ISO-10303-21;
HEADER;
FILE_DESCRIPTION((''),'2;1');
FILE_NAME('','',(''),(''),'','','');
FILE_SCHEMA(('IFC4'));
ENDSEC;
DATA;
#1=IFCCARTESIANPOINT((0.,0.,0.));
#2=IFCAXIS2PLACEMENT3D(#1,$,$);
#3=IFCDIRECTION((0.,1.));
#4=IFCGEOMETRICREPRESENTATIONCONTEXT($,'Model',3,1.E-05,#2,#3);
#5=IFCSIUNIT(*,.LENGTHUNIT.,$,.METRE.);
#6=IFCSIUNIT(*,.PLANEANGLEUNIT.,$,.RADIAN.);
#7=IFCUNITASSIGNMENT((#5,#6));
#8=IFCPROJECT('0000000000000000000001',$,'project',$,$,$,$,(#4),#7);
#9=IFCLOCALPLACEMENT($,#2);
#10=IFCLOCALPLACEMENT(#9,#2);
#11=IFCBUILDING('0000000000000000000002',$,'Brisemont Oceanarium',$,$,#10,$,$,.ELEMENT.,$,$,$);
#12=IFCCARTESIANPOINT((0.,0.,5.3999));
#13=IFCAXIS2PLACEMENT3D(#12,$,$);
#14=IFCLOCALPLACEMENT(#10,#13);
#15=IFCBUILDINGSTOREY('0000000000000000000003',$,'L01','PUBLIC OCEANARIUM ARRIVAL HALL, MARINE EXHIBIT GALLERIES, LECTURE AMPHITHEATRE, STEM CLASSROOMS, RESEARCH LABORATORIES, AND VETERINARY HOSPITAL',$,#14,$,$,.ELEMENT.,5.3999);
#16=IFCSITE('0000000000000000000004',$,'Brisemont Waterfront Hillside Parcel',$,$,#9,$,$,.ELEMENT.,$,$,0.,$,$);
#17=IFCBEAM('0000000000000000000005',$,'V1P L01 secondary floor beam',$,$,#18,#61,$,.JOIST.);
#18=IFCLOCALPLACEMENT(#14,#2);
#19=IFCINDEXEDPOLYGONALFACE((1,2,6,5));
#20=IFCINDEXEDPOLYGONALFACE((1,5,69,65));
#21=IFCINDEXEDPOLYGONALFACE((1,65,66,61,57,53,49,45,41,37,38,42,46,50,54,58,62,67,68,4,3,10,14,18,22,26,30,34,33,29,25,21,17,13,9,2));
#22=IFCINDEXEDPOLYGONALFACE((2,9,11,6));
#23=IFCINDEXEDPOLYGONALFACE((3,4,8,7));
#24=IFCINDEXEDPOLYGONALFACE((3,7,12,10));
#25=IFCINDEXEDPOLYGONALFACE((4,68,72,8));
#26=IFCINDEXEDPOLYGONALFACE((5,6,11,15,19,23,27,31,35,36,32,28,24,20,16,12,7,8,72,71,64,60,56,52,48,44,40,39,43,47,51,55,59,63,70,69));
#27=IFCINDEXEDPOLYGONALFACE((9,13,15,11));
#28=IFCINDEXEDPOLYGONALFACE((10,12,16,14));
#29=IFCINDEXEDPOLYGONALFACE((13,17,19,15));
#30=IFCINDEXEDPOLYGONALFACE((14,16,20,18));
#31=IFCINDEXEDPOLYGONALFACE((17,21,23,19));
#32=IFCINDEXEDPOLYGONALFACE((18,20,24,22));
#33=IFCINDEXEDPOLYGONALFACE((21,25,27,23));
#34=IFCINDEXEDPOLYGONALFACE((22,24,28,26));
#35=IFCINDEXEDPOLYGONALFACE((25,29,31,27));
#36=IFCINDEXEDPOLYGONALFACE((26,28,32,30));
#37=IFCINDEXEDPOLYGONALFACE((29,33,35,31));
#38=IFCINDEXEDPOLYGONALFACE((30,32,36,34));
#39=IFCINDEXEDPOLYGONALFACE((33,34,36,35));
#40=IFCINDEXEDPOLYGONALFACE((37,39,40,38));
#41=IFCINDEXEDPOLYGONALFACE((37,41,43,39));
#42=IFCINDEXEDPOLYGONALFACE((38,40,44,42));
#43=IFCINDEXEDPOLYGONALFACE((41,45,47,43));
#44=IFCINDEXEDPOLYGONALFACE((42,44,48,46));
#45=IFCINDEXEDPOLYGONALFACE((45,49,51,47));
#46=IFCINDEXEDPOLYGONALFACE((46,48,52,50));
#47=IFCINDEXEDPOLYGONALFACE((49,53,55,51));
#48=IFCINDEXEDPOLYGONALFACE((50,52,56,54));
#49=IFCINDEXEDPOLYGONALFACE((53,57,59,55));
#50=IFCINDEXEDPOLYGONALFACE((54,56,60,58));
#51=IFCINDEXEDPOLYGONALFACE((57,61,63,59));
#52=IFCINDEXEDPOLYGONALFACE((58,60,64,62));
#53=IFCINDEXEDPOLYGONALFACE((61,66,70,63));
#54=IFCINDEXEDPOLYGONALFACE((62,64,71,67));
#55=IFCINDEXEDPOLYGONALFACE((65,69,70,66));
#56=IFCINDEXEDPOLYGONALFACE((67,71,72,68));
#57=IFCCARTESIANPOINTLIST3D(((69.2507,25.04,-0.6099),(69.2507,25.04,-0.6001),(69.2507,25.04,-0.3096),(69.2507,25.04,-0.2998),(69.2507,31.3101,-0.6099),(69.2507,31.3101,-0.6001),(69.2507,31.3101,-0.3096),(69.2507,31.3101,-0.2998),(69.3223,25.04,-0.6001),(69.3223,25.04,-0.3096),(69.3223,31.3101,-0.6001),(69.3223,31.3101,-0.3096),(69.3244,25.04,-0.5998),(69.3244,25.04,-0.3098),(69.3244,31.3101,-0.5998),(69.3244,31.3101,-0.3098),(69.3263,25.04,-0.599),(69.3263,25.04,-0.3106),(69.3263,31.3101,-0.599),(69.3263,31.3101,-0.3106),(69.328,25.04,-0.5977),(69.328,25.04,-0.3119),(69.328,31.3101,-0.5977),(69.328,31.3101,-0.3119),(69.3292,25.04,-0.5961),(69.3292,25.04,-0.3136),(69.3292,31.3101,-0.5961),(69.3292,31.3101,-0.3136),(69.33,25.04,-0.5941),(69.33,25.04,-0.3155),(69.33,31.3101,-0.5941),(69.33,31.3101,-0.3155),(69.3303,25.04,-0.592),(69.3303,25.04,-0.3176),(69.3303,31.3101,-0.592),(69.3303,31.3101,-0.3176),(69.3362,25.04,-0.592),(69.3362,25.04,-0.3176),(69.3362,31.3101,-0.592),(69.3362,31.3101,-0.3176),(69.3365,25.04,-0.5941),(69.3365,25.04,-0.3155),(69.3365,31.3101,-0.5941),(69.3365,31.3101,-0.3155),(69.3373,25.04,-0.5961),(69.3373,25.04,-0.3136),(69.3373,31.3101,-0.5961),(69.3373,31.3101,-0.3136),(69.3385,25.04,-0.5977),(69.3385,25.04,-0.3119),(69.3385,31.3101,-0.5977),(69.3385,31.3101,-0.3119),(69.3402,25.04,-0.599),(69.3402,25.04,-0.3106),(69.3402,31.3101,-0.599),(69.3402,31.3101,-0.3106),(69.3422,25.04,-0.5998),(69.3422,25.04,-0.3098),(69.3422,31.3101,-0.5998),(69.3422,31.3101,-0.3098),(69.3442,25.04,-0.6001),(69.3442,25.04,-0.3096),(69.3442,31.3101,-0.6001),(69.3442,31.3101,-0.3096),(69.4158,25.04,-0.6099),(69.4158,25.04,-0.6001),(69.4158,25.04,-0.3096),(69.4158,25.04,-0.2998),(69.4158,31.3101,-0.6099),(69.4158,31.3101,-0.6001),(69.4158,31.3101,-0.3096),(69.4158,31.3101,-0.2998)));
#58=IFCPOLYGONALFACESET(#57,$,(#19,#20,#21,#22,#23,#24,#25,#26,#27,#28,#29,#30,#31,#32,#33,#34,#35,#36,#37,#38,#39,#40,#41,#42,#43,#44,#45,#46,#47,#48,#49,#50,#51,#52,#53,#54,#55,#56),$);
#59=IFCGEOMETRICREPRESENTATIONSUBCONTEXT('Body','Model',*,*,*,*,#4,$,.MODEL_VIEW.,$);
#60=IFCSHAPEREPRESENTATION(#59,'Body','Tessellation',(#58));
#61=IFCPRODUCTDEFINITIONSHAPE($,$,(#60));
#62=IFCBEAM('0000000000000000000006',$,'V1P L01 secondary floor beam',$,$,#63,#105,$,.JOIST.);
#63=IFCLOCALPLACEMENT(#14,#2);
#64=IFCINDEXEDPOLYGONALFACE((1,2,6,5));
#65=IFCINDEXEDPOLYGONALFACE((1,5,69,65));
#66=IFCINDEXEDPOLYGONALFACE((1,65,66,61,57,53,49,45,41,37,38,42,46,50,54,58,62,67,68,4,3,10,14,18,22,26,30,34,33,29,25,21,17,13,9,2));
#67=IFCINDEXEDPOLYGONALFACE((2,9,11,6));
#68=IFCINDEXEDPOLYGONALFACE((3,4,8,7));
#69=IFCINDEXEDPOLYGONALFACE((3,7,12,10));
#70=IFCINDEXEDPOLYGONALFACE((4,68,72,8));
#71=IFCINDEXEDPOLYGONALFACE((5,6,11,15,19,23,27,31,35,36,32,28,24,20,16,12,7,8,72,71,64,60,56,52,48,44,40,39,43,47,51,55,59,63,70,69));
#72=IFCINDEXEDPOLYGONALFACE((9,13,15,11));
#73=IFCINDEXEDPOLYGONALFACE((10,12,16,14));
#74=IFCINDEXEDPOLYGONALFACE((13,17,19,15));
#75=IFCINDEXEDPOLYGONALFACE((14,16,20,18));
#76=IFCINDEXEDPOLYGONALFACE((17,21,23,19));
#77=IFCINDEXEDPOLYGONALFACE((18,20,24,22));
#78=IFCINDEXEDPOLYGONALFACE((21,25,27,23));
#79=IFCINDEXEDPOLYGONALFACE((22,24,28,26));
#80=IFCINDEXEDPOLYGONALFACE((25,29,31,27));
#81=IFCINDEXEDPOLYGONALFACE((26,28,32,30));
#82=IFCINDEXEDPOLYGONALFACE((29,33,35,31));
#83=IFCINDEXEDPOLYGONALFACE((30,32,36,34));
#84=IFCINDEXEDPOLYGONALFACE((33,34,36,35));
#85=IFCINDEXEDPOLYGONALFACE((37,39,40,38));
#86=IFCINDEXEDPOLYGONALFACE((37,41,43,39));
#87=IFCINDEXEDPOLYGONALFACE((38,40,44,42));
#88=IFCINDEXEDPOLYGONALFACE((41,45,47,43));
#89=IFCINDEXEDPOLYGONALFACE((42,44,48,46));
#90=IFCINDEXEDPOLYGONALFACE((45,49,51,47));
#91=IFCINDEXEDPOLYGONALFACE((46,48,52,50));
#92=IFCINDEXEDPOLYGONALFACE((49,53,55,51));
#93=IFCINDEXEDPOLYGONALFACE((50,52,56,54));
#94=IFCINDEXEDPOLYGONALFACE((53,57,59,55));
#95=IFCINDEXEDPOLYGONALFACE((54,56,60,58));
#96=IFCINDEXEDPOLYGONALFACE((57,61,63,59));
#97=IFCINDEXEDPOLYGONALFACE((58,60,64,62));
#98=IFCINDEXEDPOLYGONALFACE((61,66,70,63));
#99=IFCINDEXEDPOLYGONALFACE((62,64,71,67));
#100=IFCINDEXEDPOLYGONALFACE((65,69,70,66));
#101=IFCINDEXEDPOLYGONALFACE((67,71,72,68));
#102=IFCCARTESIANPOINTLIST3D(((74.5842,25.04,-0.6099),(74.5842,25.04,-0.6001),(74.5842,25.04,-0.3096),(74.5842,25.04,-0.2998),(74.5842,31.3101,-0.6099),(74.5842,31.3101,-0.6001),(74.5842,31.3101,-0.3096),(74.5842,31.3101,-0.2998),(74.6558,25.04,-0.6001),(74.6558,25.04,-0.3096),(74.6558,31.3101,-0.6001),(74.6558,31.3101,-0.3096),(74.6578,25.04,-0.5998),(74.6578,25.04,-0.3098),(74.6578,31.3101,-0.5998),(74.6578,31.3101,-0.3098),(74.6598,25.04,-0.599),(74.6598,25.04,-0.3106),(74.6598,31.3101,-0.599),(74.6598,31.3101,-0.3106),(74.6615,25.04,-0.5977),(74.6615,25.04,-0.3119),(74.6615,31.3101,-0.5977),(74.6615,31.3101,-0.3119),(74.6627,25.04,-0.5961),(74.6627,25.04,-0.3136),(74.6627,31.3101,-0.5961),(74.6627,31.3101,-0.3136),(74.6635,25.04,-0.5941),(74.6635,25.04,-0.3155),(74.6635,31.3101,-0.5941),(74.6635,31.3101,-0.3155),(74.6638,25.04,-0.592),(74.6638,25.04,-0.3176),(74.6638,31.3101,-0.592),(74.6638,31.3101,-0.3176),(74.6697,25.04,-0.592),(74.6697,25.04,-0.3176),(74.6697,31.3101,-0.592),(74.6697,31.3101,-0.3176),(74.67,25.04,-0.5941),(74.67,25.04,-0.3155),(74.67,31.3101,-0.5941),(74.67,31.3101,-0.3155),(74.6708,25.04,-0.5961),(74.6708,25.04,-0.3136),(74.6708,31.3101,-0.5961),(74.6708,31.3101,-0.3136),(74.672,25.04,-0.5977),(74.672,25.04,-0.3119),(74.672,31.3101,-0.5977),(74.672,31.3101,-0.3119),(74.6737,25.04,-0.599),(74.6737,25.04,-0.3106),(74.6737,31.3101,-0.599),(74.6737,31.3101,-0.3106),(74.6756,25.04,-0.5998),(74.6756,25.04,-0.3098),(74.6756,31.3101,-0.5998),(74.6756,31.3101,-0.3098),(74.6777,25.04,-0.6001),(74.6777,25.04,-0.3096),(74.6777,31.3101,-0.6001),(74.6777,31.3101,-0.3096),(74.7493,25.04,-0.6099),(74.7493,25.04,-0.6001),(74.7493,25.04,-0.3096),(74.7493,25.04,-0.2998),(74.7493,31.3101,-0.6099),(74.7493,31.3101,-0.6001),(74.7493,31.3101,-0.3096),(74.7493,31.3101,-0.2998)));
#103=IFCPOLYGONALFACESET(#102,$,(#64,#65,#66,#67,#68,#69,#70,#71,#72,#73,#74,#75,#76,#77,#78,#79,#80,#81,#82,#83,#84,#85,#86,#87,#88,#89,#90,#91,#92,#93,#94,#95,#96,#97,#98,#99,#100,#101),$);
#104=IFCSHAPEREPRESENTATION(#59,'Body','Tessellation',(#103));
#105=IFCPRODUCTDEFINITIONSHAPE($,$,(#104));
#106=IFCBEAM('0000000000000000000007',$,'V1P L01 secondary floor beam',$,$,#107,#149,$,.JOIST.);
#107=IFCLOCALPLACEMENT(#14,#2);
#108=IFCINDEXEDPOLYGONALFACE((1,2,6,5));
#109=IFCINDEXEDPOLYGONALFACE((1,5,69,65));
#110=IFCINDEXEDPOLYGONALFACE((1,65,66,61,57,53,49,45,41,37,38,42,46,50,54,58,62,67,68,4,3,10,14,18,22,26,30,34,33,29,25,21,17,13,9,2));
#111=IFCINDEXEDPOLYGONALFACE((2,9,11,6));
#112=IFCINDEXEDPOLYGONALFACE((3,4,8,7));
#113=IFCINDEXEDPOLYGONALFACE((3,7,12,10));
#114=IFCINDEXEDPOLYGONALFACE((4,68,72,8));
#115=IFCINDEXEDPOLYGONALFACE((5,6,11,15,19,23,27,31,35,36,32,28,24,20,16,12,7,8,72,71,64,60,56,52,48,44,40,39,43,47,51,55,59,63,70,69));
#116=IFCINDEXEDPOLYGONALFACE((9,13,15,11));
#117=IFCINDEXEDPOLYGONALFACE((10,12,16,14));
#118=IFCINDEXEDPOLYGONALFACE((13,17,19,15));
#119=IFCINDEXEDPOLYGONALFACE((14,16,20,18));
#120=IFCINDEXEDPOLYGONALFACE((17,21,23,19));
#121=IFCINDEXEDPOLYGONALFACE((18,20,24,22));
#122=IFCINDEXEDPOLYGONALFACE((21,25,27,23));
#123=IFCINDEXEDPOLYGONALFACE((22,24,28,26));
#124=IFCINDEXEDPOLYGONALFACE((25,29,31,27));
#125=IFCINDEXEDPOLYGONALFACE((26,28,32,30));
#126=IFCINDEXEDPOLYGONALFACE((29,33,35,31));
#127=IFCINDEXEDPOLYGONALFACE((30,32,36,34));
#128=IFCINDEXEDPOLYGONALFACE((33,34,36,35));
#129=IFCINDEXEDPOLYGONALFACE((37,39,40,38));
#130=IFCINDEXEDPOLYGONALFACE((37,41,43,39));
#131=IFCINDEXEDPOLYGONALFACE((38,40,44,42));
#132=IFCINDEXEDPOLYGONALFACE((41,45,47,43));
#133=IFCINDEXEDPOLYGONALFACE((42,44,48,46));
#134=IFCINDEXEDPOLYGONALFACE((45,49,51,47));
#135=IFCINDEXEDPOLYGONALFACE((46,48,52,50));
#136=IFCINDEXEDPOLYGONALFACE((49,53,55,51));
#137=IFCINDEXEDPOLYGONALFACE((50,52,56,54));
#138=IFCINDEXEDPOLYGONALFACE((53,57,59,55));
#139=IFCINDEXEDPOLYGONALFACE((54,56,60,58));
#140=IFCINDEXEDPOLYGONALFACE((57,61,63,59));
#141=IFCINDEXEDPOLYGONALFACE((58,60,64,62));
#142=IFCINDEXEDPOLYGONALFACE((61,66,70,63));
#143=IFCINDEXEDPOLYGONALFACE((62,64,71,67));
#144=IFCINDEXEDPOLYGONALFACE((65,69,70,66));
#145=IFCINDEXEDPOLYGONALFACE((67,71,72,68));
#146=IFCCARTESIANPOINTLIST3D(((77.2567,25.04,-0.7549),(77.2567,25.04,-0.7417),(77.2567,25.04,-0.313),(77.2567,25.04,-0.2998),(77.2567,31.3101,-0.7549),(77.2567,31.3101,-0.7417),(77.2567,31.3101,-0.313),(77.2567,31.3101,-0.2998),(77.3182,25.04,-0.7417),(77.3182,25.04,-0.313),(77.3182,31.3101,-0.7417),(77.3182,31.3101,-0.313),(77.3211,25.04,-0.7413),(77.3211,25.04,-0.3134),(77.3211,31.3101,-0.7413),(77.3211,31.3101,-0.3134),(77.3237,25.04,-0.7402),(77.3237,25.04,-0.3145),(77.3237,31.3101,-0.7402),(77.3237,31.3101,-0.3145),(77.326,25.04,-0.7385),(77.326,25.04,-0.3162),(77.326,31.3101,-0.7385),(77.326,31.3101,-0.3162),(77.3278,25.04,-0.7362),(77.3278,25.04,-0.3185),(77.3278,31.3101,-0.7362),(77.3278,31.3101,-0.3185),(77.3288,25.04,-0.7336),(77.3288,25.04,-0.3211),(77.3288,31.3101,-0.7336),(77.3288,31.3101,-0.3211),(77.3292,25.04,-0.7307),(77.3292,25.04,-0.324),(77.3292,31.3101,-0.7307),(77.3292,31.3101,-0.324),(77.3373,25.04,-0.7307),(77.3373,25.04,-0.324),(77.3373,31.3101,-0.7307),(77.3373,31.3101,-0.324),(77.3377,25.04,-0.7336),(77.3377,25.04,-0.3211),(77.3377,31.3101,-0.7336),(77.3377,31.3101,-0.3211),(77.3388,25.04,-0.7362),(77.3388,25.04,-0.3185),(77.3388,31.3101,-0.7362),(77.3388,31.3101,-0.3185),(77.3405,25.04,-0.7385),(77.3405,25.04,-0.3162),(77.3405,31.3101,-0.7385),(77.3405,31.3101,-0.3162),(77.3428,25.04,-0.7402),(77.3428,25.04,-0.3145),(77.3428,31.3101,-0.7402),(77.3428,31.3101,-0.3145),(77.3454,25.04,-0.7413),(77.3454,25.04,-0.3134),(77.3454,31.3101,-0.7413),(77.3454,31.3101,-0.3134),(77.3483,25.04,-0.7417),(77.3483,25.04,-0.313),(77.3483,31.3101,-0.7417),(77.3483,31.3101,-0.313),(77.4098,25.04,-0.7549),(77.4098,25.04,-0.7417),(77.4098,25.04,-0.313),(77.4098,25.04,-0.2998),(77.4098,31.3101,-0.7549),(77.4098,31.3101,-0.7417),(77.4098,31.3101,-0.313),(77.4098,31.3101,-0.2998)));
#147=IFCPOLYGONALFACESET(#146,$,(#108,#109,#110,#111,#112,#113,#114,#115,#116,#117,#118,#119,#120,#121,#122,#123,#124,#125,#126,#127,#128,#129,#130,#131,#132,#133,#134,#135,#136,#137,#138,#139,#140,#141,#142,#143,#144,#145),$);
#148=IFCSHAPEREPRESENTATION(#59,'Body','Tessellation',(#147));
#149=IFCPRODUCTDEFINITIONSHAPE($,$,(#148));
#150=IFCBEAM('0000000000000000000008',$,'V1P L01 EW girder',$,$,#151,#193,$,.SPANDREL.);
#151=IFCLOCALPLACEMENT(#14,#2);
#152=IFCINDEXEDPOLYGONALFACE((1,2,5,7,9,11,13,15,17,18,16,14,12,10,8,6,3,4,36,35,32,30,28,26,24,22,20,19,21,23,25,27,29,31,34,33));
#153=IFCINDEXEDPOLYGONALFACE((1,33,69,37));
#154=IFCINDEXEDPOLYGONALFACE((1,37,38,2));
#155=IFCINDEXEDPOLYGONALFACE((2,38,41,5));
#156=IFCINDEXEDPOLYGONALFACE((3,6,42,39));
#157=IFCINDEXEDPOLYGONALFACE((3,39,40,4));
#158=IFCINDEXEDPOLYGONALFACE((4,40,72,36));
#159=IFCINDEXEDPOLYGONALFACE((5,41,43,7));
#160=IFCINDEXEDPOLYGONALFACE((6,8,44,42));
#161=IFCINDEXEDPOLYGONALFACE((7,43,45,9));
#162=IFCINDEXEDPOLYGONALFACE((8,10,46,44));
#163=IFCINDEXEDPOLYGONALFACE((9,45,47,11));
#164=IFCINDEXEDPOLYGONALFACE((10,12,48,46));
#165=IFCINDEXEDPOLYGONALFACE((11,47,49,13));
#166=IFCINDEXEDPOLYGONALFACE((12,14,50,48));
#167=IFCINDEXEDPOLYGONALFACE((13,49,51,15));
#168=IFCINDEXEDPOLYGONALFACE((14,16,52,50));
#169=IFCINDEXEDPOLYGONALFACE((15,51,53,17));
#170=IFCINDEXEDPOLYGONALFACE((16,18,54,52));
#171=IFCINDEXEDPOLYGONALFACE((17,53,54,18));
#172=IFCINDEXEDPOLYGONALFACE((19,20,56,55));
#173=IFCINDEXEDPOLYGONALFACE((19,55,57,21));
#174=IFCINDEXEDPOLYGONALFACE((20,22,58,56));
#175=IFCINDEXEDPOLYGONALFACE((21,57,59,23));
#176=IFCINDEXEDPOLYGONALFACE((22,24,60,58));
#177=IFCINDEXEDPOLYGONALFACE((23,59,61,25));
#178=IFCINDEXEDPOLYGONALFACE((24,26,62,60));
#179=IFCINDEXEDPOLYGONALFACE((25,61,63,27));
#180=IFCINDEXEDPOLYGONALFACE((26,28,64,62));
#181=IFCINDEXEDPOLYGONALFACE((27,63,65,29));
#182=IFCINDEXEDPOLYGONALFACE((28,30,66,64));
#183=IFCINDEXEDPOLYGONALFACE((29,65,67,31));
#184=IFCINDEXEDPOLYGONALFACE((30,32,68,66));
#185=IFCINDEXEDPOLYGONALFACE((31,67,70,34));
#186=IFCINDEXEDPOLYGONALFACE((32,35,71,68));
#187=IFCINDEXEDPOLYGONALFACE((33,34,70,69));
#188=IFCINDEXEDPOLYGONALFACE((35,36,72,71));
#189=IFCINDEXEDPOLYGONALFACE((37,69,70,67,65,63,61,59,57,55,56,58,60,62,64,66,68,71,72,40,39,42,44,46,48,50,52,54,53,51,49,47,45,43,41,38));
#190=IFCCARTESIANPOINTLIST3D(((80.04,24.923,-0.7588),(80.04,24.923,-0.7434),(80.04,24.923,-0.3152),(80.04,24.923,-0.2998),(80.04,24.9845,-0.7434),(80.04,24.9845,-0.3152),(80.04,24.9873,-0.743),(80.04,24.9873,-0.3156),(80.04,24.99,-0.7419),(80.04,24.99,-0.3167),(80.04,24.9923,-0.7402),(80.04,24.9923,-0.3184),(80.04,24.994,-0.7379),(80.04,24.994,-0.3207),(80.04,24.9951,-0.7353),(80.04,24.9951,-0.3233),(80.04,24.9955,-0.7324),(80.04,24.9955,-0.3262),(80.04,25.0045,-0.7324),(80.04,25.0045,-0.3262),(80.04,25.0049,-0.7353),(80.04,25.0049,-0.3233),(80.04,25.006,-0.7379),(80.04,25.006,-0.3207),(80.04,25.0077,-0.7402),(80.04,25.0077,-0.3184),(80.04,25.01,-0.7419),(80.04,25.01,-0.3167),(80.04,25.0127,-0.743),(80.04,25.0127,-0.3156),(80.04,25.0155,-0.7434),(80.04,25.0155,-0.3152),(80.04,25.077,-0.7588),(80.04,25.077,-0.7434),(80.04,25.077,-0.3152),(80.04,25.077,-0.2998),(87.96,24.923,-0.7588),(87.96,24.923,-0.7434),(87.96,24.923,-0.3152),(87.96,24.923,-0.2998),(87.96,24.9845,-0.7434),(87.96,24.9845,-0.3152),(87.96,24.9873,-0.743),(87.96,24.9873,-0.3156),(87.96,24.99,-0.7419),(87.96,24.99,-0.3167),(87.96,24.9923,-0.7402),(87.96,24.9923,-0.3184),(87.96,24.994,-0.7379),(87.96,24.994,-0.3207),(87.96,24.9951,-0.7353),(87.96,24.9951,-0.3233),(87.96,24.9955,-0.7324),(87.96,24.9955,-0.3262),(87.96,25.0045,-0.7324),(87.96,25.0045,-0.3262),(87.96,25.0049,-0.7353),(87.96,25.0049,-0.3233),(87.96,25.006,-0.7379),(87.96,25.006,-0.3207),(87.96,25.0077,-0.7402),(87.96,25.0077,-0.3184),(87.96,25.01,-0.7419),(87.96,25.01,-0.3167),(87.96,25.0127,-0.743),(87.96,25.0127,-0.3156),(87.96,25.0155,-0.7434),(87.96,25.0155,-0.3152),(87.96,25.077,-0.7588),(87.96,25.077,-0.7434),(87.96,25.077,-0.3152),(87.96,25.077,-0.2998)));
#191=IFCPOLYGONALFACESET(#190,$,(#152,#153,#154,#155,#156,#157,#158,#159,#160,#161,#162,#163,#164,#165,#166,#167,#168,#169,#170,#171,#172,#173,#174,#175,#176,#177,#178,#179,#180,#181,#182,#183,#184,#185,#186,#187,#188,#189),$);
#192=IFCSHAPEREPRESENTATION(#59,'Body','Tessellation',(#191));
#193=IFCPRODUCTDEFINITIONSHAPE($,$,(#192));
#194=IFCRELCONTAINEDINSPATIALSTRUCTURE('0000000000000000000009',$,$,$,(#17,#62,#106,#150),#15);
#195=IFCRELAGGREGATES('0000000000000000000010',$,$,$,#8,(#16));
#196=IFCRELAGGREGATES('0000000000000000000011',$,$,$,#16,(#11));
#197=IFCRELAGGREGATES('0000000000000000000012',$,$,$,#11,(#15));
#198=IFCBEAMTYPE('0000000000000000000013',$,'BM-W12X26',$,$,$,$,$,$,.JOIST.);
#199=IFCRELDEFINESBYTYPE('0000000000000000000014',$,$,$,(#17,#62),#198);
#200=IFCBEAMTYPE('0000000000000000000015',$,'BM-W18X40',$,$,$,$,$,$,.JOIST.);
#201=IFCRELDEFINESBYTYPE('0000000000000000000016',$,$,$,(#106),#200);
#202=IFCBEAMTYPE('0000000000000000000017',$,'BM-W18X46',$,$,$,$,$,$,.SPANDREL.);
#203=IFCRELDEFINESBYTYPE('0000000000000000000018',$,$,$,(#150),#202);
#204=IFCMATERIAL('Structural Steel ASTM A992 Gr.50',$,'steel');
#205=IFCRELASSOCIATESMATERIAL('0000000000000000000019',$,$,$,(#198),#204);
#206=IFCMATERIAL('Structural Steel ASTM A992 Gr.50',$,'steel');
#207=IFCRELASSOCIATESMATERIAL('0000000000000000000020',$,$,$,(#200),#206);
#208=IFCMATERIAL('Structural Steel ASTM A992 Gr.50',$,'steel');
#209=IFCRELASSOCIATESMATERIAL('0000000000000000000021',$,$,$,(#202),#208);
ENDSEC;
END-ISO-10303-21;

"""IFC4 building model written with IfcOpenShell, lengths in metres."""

from ifc_helpers import new_model, si_unit, direction, frame, origin, origin_2d, place, context, subcontext, project, spatial, i_section, extrude, material, material_profile, profile_set, type_object, element, save


model = new_model("IFC4")

# Units and contexts
model_context = context("Model", 3, precision=1e-05, world=origin(), true_north=direction((0.0, 1.0)))
body_context = subcontext(model_context, "Body", "Model", "MODEL_VIEW")
ifc_project = project(units=[si_unit("LENGTHUNIT", "METRE"), si_unit("PLANEANGLEUNIT", "RADIAN")], contexts=[model_context])

# Site, building, storey
site_placement = place(None, origin())
site = spatial("IfcSite", under=ifc_project, at=site_placement, Name="Brisemont Waterfront Hillside Parcel", CompositionType="ELEMENT", RefElevation=0.0)
building_placement = place(site_placement, origin())
building = spatial("IfcBuilding", under=site, at=building_placement, Name="Brisemont Oceanarium", CompositionType="ELEMENT")
storey_placement = place(building_placement, frame((0.0, 0.0, 5.3999)))
storey = spatial("IfcBuildingStorey", under=building, at=storey_placement, Name="L01", Description="PUBLIC OCEANARIUM ARRIVAL HALL, MARINE EXHIBIT GALLERIES, LECTURE AMPHITHEATRE, STEM CLASSROOMS, RESEARCH LABORATORIES, AND VETERINARY HOSPITAL", CompositionType="ELEMENT", Elevation=5.3999)

# Beams
ifc_material_1 = material(Name="Structural Steel ASTM A992 Gr.50", Category="steel")
ifc_material_profile_1 = material_profile(ifc_material_1, i_section(OverallWidth=0.165, OverallDepth=0.3101, WebThickness=0.0059, FlangeThickness=0.0098, FilletRadius=0.0081, at=origin_2d()), Name="W12X26")
ifc_profile_set_1 = profile_set([ifc_material_profile_1], Name="Structural Steel ASTM A992 Gr.50")
beam_type_1 = type_object("IfcBeamType", Name="BM-W12X26", PredefinedType="JOIST", material=ifc_profile_set_1)
for number, where, z_axis, x_axis, name in (
    (1, (69.3333, 25.04, -0.4548), (0.0, 1.0, 0.0), (-1.0, 0.0, 0.0), "V1P L01 secondary floor beam"),
    (2, (74.6667, 25.04, -0.4548), (0.0, 1.0, 0.0), (-1.0, 0.0, 0.0), "V1P L01 secondary floor beam"),
):
    element("IfcBeam", number, at=place(storey_placement, frame(where, z_axis=z_axis, x_axis=x_axis)), inside=storey, type_object=beam_type_1, Name=name, PredefinedType="JOIST", context=body_context, shape_type="SweptSolid", body=[
        extrude(i_section(OverallWidth=0.165, OverallDepth=0.3101, WebThickness=0.0059, FlangeThickness=0.0098, FilletRadius=0.0081, at=origin_2d()), origin(), (0.0, 0.0, 1.0), 6.27),
    ])
ifc_material_2 = material(Name="Structural Steel ASTM A992 Gr.50", Category="steel")
ifc_material_profile_2 = material_profile(ifc_material_2, i_section(OverallWidth=0.1531, OverallDepth=0.4551, WebThickness=0.0081, FlangeThickness=0.0132, FilletRadius=0.011, at=origin_2d()), Name="W18X40")
ifc_profile_set_2 = profile_set([ifc_material_profile_2], Name="Structural Steel ASTM A992 Gr.50")
beam_type_2 = type_object("IfcBeamType", Name="BM-W18X40", PredefinedType="JOIST", material=ifc_profile_set_2)
beam_1_placement = place(storey_placement, frame((77.3333, 25.04, -0.5273), z_axis=(0.0, 1.0, 0.0), x_axis=(-1.0, 0.0, 0.0)))
element("IfcBeam", 3, at=beam_1_placement, inside=storey, type_object=beam_type_2, Name="V1P L01 secondary floor beam", PredefinedType="JOIST", context=body_context, shape_type="SweptSolid", body=[
    extrude(i_section(OverallWidth=0.1531, OverallDepth=0.4551, WebThickness=0.0081, FlangeThickness=0.0132, FilletRadius=0.011, at=origin_2d()), origin(), (0.0, 0.0, 1.0), 6.27),
])
ifc_material_3 = material(Name="Structural Steel ASTM A992 Gr.50", Category="steel")
ifc_material_profile_3 = material_profile(ifc_material_3, i_section(OverallWidth=0.1541, OverallDepth=0.459, WebThickness=0.009, FlangeThickness=0.0154, FilletRadius=0.011, at=origin_2d()), Name="W18X46")
ifc_profile_set_3 = profile_set([ifc_material_profile_3], Name="Structural Steel ASTM A992 Gr.50")
beam_type_3 = type_object("IfcBeamType", Name="BM-W18X46", PredefinedType="SPANDREL", material=ifc_profile_set_3)
beam_2_placement = place(storey_placement, frame((80.04, 25.0, -0.5293), z_axis=(1.0, 0.0, 0.0), x_axis=(0.0, 1.0, 0.0)))
element("IfcBeam", 4, at=beam_2_placement, inside=storey, type_object=beam_type_3, Name="V1P L01 EW girder", PredefinedType="SPANDREL", context=body_context, shape_type="SweptSolid", body=[
    extrude(i_section(OverallWidth=0.1541, OverallDepth=0.459, WebThickness=0.009, FlangeThickness=0.0154, FilletRadius=0.011, at=origin_2d()), origin(), (0.0, 0.0, 1.0), 7.9199),
])

save(model, "model.ifc")
